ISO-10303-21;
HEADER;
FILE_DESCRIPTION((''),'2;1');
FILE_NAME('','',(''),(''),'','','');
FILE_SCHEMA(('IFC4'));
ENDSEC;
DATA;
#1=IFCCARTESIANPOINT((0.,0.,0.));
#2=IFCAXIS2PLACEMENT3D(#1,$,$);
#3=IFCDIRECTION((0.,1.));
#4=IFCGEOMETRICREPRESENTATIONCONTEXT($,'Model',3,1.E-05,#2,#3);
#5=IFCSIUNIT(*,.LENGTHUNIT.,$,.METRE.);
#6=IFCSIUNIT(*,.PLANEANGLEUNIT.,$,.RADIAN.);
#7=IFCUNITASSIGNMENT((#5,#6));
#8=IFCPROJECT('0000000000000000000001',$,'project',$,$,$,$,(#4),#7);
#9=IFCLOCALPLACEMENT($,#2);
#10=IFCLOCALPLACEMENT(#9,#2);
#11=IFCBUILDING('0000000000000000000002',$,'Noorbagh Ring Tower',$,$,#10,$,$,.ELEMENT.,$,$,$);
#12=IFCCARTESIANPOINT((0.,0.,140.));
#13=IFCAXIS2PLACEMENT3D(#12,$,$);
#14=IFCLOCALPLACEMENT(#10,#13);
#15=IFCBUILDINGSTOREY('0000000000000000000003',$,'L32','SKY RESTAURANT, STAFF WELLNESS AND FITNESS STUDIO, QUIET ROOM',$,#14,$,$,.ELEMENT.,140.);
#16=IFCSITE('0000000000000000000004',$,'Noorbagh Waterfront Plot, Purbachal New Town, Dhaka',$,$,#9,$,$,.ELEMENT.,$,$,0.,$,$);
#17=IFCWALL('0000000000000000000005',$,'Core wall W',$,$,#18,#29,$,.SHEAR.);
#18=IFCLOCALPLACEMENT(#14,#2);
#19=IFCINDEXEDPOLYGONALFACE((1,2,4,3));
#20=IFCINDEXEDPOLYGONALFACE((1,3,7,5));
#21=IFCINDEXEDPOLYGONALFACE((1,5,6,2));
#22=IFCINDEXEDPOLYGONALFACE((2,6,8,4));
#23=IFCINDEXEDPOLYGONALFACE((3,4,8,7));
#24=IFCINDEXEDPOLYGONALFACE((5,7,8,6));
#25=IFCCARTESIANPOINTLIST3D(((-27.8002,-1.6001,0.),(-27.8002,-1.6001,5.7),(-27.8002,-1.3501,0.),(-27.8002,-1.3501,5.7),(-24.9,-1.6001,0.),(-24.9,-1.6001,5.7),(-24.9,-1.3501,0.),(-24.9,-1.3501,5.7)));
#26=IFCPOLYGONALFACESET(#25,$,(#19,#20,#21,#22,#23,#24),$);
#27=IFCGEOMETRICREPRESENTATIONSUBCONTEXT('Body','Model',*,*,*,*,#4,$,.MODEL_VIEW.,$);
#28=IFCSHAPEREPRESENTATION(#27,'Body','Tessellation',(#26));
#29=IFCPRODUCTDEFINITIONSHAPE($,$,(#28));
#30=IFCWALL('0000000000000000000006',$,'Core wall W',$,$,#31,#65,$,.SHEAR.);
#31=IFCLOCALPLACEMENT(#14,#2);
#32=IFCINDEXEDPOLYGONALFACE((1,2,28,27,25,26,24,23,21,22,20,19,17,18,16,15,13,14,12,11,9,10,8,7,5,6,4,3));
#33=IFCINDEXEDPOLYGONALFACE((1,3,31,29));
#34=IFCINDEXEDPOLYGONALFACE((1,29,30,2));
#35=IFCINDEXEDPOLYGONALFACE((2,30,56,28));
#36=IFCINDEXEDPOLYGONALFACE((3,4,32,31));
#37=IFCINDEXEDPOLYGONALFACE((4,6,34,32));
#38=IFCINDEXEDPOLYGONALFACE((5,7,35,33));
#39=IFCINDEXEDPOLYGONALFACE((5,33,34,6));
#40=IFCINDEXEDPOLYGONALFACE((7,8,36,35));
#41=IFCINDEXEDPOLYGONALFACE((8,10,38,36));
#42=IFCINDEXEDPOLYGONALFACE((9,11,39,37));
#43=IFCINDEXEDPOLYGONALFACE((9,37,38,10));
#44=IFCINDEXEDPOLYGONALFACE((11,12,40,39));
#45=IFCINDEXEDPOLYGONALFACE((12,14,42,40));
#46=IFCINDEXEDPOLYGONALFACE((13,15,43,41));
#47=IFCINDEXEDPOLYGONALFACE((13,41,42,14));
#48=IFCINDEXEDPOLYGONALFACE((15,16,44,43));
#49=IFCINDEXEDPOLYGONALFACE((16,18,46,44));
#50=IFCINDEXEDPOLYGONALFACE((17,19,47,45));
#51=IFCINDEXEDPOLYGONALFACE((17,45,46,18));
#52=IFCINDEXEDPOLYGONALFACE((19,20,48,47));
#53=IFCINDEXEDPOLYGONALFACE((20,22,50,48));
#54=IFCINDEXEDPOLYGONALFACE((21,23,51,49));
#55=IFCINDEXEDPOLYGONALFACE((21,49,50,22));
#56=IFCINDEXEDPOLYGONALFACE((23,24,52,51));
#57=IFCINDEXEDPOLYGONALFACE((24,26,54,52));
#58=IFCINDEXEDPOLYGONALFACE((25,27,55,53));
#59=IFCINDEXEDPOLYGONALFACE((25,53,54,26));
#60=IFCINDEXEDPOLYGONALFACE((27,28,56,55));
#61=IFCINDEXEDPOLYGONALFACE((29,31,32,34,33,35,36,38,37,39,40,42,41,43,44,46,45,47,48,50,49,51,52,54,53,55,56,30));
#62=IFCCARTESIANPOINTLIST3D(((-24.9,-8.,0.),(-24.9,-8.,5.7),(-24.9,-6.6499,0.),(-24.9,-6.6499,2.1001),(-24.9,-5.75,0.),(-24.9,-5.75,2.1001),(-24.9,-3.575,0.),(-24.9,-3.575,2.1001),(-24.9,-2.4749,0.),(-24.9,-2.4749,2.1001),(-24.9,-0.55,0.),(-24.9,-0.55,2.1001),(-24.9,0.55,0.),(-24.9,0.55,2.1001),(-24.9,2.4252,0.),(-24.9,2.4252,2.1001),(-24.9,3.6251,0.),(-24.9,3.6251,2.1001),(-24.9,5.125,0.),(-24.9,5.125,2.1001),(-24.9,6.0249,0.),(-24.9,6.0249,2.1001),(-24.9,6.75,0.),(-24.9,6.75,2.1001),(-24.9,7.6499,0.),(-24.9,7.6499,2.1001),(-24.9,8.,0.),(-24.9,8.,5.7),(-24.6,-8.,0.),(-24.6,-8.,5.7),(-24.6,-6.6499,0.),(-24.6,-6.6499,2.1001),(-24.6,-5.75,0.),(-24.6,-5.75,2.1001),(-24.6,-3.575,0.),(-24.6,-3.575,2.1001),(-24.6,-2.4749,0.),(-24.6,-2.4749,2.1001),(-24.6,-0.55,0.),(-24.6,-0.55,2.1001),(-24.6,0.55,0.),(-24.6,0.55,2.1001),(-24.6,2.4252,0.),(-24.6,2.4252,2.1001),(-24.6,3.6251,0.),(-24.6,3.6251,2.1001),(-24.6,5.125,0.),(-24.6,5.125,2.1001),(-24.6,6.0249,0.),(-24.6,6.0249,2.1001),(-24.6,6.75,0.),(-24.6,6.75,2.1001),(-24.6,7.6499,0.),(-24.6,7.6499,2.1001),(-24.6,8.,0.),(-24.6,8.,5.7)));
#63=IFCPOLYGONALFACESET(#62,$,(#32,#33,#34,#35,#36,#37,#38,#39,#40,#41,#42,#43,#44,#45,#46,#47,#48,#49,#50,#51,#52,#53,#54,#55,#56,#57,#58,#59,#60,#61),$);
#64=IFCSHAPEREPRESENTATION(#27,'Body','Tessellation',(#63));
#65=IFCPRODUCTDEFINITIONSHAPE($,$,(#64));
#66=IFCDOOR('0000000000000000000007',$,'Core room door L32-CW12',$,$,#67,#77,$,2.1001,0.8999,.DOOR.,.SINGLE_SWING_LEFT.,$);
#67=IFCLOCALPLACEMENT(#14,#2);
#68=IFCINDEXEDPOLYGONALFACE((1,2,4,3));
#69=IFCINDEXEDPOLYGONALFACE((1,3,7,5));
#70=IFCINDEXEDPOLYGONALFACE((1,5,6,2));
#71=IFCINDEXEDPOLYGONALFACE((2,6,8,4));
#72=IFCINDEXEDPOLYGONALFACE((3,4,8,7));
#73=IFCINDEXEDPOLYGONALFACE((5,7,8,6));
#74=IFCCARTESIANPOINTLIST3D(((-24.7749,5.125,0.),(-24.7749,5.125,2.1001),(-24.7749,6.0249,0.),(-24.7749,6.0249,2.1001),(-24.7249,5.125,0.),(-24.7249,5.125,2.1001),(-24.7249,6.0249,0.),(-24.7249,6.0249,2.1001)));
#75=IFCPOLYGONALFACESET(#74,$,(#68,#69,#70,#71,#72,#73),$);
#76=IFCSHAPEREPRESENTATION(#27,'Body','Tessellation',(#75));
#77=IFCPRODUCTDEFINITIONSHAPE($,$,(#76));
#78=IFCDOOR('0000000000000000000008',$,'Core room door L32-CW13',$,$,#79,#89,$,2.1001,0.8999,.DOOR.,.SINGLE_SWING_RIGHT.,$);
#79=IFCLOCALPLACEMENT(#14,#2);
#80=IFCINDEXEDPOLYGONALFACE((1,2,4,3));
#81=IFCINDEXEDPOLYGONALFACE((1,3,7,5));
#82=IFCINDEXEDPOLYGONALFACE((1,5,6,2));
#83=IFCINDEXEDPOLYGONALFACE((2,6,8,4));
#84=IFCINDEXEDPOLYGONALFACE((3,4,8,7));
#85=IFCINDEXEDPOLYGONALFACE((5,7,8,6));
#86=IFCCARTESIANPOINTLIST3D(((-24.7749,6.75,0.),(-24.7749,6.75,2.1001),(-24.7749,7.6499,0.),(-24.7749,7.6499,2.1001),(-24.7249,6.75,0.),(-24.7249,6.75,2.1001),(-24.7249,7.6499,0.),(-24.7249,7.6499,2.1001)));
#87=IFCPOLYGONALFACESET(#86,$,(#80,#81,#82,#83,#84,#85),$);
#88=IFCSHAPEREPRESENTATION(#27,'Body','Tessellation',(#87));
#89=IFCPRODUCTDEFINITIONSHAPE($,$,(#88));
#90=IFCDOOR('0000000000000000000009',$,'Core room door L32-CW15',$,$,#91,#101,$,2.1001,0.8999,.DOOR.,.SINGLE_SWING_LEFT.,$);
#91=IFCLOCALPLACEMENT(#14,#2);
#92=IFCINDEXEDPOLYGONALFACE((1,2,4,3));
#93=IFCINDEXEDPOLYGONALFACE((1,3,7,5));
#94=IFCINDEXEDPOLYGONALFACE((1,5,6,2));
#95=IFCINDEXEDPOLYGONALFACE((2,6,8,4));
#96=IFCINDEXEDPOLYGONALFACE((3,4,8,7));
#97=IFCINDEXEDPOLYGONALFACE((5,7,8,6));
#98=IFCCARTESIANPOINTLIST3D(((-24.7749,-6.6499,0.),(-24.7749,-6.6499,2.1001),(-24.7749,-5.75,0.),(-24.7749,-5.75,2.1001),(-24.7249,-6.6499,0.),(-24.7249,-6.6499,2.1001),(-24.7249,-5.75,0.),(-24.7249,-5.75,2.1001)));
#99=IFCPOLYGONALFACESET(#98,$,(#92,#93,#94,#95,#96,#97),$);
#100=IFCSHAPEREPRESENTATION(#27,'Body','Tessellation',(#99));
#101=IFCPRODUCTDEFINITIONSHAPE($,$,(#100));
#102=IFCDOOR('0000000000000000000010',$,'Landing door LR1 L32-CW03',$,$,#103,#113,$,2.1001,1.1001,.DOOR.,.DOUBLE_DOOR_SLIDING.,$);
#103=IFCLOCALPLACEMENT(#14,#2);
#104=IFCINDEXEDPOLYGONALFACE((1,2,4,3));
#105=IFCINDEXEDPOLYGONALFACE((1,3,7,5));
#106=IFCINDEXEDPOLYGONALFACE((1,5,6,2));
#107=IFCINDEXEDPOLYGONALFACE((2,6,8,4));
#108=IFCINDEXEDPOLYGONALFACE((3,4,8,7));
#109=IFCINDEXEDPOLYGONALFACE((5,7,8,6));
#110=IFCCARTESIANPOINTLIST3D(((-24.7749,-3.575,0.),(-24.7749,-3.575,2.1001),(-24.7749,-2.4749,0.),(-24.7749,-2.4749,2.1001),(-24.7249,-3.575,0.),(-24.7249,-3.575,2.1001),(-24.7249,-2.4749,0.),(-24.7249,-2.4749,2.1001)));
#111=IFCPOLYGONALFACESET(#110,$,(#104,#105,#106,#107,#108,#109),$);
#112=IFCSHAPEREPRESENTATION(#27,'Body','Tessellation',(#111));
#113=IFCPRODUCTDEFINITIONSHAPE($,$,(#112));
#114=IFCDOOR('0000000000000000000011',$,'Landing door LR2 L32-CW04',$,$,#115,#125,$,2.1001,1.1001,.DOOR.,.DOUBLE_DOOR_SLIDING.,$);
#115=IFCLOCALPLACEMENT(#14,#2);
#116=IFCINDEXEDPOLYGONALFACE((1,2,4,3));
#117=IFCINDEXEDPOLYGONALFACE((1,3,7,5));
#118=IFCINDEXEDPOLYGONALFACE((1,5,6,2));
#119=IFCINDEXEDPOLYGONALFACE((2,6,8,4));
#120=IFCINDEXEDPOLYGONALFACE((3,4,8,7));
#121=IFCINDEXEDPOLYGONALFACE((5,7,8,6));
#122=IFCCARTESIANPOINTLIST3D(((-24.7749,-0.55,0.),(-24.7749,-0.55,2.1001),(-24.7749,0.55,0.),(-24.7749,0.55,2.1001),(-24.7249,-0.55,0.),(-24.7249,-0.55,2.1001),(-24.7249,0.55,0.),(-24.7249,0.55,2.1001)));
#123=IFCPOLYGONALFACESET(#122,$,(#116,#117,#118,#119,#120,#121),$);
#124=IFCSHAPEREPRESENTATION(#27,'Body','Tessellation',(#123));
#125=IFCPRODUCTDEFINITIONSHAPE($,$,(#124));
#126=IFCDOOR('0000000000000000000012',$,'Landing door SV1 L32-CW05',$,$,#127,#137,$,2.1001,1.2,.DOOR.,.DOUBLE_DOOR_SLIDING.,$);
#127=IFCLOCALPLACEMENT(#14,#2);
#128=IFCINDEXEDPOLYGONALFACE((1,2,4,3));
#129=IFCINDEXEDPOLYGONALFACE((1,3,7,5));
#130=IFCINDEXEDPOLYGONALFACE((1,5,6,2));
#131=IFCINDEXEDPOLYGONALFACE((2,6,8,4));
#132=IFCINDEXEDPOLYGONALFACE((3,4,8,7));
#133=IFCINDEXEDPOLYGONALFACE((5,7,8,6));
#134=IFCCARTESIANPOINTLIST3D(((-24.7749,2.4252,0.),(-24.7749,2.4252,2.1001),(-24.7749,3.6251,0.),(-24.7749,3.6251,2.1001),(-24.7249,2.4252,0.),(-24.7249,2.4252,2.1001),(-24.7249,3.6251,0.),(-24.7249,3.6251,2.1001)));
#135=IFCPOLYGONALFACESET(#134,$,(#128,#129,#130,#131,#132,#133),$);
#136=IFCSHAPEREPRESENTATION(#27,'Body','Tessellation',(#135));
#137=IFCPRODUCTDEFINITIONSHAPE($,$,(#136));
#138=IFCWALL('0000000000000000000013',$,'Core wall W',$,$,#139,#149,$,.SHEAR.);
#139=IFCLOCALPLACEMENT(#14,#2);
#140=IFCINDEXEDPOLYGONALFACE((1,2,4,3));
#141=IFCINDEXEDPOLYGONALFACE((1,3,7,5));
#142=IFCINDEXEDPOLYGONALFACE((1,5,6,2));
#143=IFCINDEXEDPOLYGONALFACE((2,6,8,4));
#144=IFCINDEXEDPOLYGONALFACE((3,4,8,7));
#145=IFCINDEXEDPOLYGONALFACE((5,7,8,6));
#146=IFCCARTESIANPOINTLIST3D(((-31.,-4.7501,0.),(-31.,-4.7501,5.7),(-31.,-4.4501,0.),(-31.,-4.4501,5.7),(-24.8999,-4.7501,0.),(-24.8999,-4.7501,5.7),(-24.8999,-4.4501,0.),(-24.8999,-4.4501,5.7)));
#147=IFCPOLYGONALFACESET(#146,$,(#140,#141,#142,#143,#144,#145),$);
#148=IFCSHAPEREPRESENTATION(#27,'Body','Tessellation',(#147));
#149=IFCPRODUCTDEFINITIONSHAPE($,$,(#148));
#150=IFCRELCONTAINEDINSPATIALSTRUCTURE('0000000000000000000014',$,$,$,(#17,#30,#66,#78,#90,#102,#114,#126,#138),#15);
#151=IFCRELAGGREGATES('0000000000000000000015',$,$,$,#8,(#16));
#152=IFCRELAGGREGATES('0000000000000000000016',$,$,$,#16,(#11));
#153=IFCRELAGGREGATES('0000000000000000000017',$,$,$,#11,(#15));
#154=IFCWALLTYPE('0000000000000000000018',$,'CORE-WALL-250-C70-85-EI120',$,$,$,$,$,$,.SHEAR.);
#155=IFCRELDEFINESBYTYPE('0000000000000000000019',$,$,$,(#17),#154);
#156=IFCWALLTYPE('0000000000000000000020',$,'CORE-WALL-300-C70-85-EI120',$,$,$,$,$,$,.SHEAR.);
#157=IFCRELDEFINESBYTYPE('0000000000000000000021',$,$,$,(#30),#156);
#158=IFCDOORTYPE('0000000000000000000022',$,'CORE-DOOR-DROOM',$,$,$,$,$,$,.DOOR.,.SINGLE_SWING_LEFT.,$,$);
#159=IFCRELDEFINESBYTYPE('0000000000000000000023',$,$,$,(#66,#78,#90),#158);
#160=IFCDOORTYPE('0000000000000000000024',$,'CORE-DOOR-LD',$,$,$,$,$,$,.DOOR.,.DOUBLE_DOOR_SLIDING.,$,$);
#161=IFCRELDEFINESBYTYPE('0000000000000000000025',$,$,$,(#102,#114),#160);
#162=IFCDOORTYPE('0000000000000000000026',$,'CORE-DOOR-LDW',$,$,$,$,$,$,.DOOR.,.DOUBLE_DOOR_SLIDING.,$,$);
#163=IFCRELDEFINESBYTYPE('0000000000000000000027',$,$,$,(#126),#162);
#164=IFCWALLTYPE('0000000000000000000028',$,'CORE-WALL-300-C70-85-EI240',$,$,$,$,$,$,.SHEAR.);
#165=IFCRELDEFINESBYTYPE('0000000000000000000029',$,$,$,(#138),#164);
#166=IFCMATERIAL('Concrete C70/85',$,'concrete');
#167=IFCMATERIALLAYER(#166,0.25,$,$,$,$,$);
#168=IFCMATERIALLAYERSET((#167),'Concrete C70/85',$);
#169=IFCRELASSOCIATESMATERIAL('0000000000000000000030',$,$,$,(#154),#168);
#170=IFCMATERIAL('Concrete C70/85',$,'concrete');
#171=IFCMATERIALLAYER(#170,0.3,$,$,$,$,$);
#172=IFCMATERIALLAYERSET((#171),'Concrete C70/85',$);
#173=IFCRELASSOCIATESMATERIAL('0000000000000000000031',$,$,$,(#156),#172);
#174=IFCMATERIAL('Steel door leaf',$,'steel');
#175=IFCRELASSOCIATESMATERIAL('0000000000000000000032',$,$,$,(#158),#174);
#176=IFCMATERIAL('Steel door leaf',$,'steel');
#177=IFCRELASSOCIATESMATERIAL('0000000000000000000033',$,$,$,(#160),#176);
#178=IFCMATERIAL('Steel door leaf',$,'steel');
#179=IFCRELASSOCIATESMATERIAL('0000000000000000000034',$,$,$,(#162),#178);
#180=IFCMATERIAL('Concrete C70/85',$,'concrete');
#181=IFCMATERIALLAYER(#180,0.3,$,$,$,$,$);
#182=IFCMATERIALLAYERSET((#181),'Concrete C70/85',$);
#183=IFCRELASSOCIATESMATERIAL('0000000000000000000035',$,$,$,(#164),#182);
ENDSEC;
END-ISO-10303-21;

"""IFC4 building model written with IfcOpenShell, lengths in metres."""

from ifc_helpers import new_model, si_unit, direction, frame, frame_2d, origin, place, context, subcontext, project, spatial, rectangle, extrude, material, layer, layer_set, type_object, element, fill, save


model = new_model("IFC4")

# Units and contexts
model_context = context("Model", 3, precision=1e-05, world=origin(), true_north=direction((0.0, 1.0)))
body_context = subcontext(model_context, "Body", "Model", "MODEL_VIEW")
ifc_project = project(units=[si_unit("LENGTHUNIT", "METRE"), si_unit("PLANEANGLEUNIT", "RADIAN")], contexts=[model_context])

# Site, building, storey
site_placement = place(None, origin())
site = spatial("IfcSite", under=ifc_project, at=site_placement, Name="Noorbagh Waterfront Plot, Purbachal New Town, Dhaka", CompositionType="ELEMENT", RefElevation=0.0)
building_placement = place(site_placement, origin())
building = spatial("IfcBuilding", under=site, at=building_placement, Name="Noorbagh Ring Tower", CompositionType="ELEMENT")
storey_placement = place(building_placement, frame((0.0, 0.0, 140.0)))
storey = spatial("IfcBuildingStorey", under=building, at=storey_placement, Name="L32", Description="SKY RESTAURANT, STAFF WELLNESS AND FITNESS STUDIO, QUIET ROOM", CompositionType="ELEMENT", Elevation=140.0)

# Wall
ifc_material_1 = material(Name="Concrete C70/85", Category="concrete")
ifc_layer_1 = layer(ifc_material_1, 0.25)
ifc_layer_set_1 = layer_set([ifc_layer_1], Name="Concrete C70/85")
wall_type_1 = type_object("IfcWallType", Name="CORE-WALL-250-C70-85-EI120", PredefinedType="SHEAR", material=ifc_layer_set_1)
wall_1_placement = place(storey_placement, frame((-24.8999, -1.4751, 0.0), z_axis=(0.0, 0.0, 1.0), x_axis=(-1.0, 0.0, 0.0)))
element("IfcWall", 1, at=wall_1_placement, inside=storey, type_object=wall_type_1, Name="Core wall W", PredefinedType="SHEAR", context=body_context, shape_type="SweptSolid", body=[
    extrude(rectangle(XDim=2.9001, YDim=0.25, at=frame_2d((1.4502, 0.0))), origin(), (0.0, 0.0, 1.0), 5.7),
])

# Wall, openings, doors
ifc_material_2 = material(Name="Concrete C70/85", Category="concrete")
ifc_layer_2 = layer(ifc_material_2, 0.3)
ifc_layer_set_2 = layer_set([ifc_layer_2], Name="Concrete C70/85")
wall_type_2 = type_object("IfcWallType", Name="CORE-WALL-300-C70-85-EI120", PredefinedType="SHEAR", material=ifc_layer_set_2)
wall_2_placement = place(storey_placement, frame((-24.75, -8.0, 0.0), z_axis=(0.0, 0.0, 1.0), x_axis=(0.0, 1.0, 0.0)))
wall_2 = element("IfcWall", 2, at=wall_2_placement, inside=storey, type_object=wall_type_2, Name="Core wall W", PredefinedType="SHEAR", context=body_context, shape_type="SweptSolid", body=[
    extrude(rectangle(XDim=16.0, YDim=0.3, at=frame_2d((8.0, 0.0))), origin(), (0.0, 0.0, 1.0), 5.7),
])
opening_1_placement = place(wall_2_placement, frame((4.425, 0.0, 0.0)))
opening_1 = element("IfcOpeningElement", 3, at=opening_1_placement, cuts=wall_2, PredefinedType="OPENING", context=body_context, shape_type="SweptSolid", body=[
    extrude(rectangle(XDim=1.1001, YDim=2.1001, at=frame_2d((0.55, 1.05))), frame((0.0, 0.1602, 0.0), z_axis=(0.0, -1.0, 0.0), x_axis=(1.0, 0.0, 0.0)), (0.0, 0.0, 1.0), 0.3201),
])
opening_2_placement = place(wall_2_placement, frame((7.45, 0.0, 0.0)))
opening_2 = element("IfcOpeningElement", 4, at=opening_2_placement, cuts=wall_2, PredefinedType="OPENING", context=body_context, shape_type="SweptSolid", body=[
    extrude(rectangle(XDim=1.1001, YDim=2.1001, at=frame_2d((0.55, 1.05))), frame((0.0, 0.1602, 0.0), z_axis=(0.0, -1.0, 0.0), x_axis=(1.0, 0.0, 0.0)), (0.0, 0.0, 1.0), 0.3201),
])
opening_3_placement = place(wall_2_placement, frame((10.425, 0.0, 0.0)))
opening_3 = element("IfcOpeningElement", 5, at=opening_3_placement, cuts=wall_2, PredefinedType="OPENING", context=body_context, shape_type="SweptSolid", body=[
    extrude(rectangle(XDim=1.2, YDim=2.1001, at=frame_2d((0.6001, 1.05))), frame((0.0, 0.1602, 0.0), z_axis=(0.0, -1.0, 0.0), x_axis=(1.0, 0.0, 0.0)), (0.0, 0.0, 1.0), 0.3201),
])
opening_4_placement = place(wall_2_placement, frame((13.125, 0.0, 0.0)))
opening_4 = element("IfcOpeningElement", 6, at=opening_4_placement, cuts=wall_2, PredefinedType="OPENING", context=body_context, shape_type="SweptSolid", body=[
    extrude(rectangle(XDim=0.8999, YDim=2.1001, at=frame_2d((0.45, 1.05))), frame((0.0, 0.1602, 0.0), z_axis=(0.0, -1.0, 0.0), x_axis=(1.0, 0.0, 0.0)), (0.0, 0.0, 1.0), 0.3201),
])
opening_5_placement = place(wall_2_placement, frame((14.75, 0.0, 0.0)))
opening_5 = element("IfcOpeningElement", 7, at=opening_5_placement, cuts=wall_2, PredefinedType="OPENING", context=body_context, shape_type="SweptSolid", body=[
    extrude(rectangle(XDim=0.8999, YDim=2.1001, at=frame_2d((0.45, 1.05))), frame((0.0, 0.1602, 0.0), z_axis=(0.0, -1.0, 0.0), x_axis=(1.0, 0.0, 0.0)), (0.0, 0.0, 1.0), 0.3201),
])
opening_6_placement = place(wall_2_placement, frame((1.3501, 0.0, 0.0)))
opening_6 = element("IfcOpeningElement", 8, at=opening_6_placement, cuts=wall_2, PredefinedType="OPENING", context=body_context, shape_type="SweptSolid", body=[
    extrude(rectangle(XDim=0.8999, YDim=2.1001, at=frame_2d((0.45, 1.05))), frame((0.0, 0.1602, 0.0), z_axis=(0.0, -1.0, 0.0), x_axis=(1.0, 0.0, 0.0)), (0.0, 0.0, 1.0), 0.3201),
])
ifc_material_3 = material(Name="Steel door leaf", Category="steel")
door_type_1 = type_object("IfcDoorType", Name="CORE-DOOR-DROOM", OperationType="SINGLE_SWING_LEFT", PredefinedType="DOOR", material=ifc_material_3)
door_1_placement = place(opening_4_placement, origin())
door_1 = element("IfcDoor", 9, at=door_1_placement, inside=storey, type_object=door_type_1, Name="Core room door L32-CW12", OperationType="SINGLE_SWING_LEFT", OverallHeight=2.1001, OverallWidth=0.8999, PredefinedType="DOOR", context=body_context, shape_type="SweptSolid", body=[
    extrude(rectangle(XDim=0.8999, YDim=2.1001, at=frame_2d((0.45, 1.05))), frame((0.0, 0.0249, 0.0), z_axis=(0.0, -1.0, 0.0), x_axis=(1.0, 0.0, 0.0)), (0.0, 0.0, 1.0), 0.05),
])
fill(opening_4, door_1)
door_2_placement = place(opening_5_placement, origin())
door_2 = element("IfcDoor", 10, at=door_2_placement, inside=storey, type_object=door_type_1, Name="Core room door L32-CW13", OperationType="SINGLE_SWING_RIGHT", OverallHeight=2.1001, OverallWidth=0.8999, PredefinedType="DOOR", context=body_context, shape_type="SweptSolid", body=[
    extrude(rectangle(XDim=0.8999, YDim=2.1001, at=frame_2d((0.45, 1.05))), frame((0.0, 0.0249, 0.0), z_axis=(0.0, -1.0, 0.0), x_axis=(1.0, 0.0, 0.0)), (0.0, 0.0, 1.0), 0.05),
])
fill(opening_5, door_2)
door_3_placement = place(opening_6_placement, origin())
door_3 = element("IfcDoor", 11, at=door_3_placement, inside=storey, type_object=door_type_1, Name="Core room door L32-CW15", OperationType="SINGLE_SWING_LEFT", OverallHeight=2.1001, OverallWidth=0.8999, PredefinedType="DOOR", context=body_context, shape_type="SweptSolid", body=[
    extrude(rectangle(XDim=0.8999, YDim=2.1001, at=frame_2d((0.45, 1.05))), frame((0.0, 0.0249, 0.0), z_axis=(0.0, -1.0, 0.0), x_axis=(1.0, 0.0, 0.0)), (0.0, 0.0, 1.0), 0.05),
])
fill(opening_6, door_3)
ifc_material_4 = material(Name="Steel door leaf", Category="steel")
door_type_2 = type_object("IfcDoorType", Name="CORE-DOOR-LD", OperationType="DOUBLE_DOOR_SLIDING", PredefinedType="DOOR", material=ifc_material_4)
door_4_placement = place(opening_1_placement, origin())
door_4 = element("IfcDoor", 12, at=door_4_placement, inside=storey, type_object=door_type_2, Name="Landing door LR1 L32-CW03", OperationType="DOUBLE_DOOR_SLIDING", OverallHeight=2.1001, OverallWidth=1.1001, PredefinedType="DOOR", context=body_context, shape_type="SweptSolid", body=[
    extrude(rectangle(XDim=1.1001, YDim=2.1001, at=frame_2d((0.55, 1.05))), frame((0.0, 0.0249, 0.0), z_axis=(0.0, -1.0, 0.0), x_axis=(1.0, 0.0, 0.0)), (0.0, 0.0, 1.0), 0.05),
])
fill(opening_1, door_4)
door_5_placement = place(opening_2_placement, origin())
door_5 = element("IfcDoor", 13, at=door_5_placement, inside=storey, type_object=door_type_2, Name="Landing door LR2 L32-CW04", OperationType="DOUBLE_DOOR_SLIDING", OverallHeight=2.1001, OverallWidth=1.1001, PredefinedType="DOOR", context=body_context, shape_type="SweptSolid", body=[
    extrude(rectangle(XDim=1.1001, YDim=2.1001, at=frame_2d((0.55, 1.05))), frame((0.0, 0.0249, 0.0), z_axis=(0.0, -1.0, 0.0), x_axis=(1.0, 0.0, 0.0)), (0.0, 0.0, 1.0), 0.05),
])
fill(opening_2, door_5)
ifc_material_5 = material(Name="Steel door leaf", Category="steel")
door_type_3 = type_object("IfcDoorType", Name="CORE-DOOR-LDW", OperationType="DOUBLE_DOOR_SLIDING", PredefinedType="DOOR", material=ifc_material_5)
door_6_placement = place(opening_3_placement, origin())
door_6 = element("IfcDoor", 14, at=door_6_placement, inside=storey, type_object=door_type_3, Name="Landing door SV1 L32-CW05", OperationType="DOUBLE_DOOR_SLIDING", OverallHeight=2.1001, OverallWidth=1.2, PredefinedType="DOOR", context=body_context, shape_type="SweptSolid", body=[
    extrude(rectangle(XDim=1.2, YDim=2.1001, at=frame_2d((0.6001, 1.05))), frame((0.0, 0.0249, 0.0), z_axis=(0.0, -1.0, 0.0), x_axis=(1.0, 0.0, 0.0)), (0.0, 0.0, 1.0), 0.05),
])
fill(opening_3, door_6)

# Wall
ifc_material_6 = material(Name="Concrete C70/85", Category="concrete")
ifc_layer_3 = layer(ifc_material_6, 0.3)
ifc_layer_set_3 = layer_set([ifc_layer_3], Name="Concrete C70/85")
wall_type_3 = type_object("IfcWallType", Name="CORE-WALL-300-C70-85-EI240", PredefinedType="SHEAR", material=ifc_layer_set_3)
wall_3_placement = place(storey_placement, frame((-24.8999, -4.6001, 0.0), z_axis=(0.0, 0.0, 1.0), x_axis=(-1.0, 0.0, 0.0)))
element("IfcWall", 15, at=wall_3_placement, inside=storey, type_object=wall_type_3, Name="Core wall W", PredefinedType="SHEAR", context=body_context, shape_type="SweptSolid", body=[
    extrude(rectangle(XDim=6.1001, YDim=0.3, at=frame_2d((3.05, 0.0))), origin(), (0.0, 0.0, 1.0), 5.7),
])

save(model, "model.ifc")
